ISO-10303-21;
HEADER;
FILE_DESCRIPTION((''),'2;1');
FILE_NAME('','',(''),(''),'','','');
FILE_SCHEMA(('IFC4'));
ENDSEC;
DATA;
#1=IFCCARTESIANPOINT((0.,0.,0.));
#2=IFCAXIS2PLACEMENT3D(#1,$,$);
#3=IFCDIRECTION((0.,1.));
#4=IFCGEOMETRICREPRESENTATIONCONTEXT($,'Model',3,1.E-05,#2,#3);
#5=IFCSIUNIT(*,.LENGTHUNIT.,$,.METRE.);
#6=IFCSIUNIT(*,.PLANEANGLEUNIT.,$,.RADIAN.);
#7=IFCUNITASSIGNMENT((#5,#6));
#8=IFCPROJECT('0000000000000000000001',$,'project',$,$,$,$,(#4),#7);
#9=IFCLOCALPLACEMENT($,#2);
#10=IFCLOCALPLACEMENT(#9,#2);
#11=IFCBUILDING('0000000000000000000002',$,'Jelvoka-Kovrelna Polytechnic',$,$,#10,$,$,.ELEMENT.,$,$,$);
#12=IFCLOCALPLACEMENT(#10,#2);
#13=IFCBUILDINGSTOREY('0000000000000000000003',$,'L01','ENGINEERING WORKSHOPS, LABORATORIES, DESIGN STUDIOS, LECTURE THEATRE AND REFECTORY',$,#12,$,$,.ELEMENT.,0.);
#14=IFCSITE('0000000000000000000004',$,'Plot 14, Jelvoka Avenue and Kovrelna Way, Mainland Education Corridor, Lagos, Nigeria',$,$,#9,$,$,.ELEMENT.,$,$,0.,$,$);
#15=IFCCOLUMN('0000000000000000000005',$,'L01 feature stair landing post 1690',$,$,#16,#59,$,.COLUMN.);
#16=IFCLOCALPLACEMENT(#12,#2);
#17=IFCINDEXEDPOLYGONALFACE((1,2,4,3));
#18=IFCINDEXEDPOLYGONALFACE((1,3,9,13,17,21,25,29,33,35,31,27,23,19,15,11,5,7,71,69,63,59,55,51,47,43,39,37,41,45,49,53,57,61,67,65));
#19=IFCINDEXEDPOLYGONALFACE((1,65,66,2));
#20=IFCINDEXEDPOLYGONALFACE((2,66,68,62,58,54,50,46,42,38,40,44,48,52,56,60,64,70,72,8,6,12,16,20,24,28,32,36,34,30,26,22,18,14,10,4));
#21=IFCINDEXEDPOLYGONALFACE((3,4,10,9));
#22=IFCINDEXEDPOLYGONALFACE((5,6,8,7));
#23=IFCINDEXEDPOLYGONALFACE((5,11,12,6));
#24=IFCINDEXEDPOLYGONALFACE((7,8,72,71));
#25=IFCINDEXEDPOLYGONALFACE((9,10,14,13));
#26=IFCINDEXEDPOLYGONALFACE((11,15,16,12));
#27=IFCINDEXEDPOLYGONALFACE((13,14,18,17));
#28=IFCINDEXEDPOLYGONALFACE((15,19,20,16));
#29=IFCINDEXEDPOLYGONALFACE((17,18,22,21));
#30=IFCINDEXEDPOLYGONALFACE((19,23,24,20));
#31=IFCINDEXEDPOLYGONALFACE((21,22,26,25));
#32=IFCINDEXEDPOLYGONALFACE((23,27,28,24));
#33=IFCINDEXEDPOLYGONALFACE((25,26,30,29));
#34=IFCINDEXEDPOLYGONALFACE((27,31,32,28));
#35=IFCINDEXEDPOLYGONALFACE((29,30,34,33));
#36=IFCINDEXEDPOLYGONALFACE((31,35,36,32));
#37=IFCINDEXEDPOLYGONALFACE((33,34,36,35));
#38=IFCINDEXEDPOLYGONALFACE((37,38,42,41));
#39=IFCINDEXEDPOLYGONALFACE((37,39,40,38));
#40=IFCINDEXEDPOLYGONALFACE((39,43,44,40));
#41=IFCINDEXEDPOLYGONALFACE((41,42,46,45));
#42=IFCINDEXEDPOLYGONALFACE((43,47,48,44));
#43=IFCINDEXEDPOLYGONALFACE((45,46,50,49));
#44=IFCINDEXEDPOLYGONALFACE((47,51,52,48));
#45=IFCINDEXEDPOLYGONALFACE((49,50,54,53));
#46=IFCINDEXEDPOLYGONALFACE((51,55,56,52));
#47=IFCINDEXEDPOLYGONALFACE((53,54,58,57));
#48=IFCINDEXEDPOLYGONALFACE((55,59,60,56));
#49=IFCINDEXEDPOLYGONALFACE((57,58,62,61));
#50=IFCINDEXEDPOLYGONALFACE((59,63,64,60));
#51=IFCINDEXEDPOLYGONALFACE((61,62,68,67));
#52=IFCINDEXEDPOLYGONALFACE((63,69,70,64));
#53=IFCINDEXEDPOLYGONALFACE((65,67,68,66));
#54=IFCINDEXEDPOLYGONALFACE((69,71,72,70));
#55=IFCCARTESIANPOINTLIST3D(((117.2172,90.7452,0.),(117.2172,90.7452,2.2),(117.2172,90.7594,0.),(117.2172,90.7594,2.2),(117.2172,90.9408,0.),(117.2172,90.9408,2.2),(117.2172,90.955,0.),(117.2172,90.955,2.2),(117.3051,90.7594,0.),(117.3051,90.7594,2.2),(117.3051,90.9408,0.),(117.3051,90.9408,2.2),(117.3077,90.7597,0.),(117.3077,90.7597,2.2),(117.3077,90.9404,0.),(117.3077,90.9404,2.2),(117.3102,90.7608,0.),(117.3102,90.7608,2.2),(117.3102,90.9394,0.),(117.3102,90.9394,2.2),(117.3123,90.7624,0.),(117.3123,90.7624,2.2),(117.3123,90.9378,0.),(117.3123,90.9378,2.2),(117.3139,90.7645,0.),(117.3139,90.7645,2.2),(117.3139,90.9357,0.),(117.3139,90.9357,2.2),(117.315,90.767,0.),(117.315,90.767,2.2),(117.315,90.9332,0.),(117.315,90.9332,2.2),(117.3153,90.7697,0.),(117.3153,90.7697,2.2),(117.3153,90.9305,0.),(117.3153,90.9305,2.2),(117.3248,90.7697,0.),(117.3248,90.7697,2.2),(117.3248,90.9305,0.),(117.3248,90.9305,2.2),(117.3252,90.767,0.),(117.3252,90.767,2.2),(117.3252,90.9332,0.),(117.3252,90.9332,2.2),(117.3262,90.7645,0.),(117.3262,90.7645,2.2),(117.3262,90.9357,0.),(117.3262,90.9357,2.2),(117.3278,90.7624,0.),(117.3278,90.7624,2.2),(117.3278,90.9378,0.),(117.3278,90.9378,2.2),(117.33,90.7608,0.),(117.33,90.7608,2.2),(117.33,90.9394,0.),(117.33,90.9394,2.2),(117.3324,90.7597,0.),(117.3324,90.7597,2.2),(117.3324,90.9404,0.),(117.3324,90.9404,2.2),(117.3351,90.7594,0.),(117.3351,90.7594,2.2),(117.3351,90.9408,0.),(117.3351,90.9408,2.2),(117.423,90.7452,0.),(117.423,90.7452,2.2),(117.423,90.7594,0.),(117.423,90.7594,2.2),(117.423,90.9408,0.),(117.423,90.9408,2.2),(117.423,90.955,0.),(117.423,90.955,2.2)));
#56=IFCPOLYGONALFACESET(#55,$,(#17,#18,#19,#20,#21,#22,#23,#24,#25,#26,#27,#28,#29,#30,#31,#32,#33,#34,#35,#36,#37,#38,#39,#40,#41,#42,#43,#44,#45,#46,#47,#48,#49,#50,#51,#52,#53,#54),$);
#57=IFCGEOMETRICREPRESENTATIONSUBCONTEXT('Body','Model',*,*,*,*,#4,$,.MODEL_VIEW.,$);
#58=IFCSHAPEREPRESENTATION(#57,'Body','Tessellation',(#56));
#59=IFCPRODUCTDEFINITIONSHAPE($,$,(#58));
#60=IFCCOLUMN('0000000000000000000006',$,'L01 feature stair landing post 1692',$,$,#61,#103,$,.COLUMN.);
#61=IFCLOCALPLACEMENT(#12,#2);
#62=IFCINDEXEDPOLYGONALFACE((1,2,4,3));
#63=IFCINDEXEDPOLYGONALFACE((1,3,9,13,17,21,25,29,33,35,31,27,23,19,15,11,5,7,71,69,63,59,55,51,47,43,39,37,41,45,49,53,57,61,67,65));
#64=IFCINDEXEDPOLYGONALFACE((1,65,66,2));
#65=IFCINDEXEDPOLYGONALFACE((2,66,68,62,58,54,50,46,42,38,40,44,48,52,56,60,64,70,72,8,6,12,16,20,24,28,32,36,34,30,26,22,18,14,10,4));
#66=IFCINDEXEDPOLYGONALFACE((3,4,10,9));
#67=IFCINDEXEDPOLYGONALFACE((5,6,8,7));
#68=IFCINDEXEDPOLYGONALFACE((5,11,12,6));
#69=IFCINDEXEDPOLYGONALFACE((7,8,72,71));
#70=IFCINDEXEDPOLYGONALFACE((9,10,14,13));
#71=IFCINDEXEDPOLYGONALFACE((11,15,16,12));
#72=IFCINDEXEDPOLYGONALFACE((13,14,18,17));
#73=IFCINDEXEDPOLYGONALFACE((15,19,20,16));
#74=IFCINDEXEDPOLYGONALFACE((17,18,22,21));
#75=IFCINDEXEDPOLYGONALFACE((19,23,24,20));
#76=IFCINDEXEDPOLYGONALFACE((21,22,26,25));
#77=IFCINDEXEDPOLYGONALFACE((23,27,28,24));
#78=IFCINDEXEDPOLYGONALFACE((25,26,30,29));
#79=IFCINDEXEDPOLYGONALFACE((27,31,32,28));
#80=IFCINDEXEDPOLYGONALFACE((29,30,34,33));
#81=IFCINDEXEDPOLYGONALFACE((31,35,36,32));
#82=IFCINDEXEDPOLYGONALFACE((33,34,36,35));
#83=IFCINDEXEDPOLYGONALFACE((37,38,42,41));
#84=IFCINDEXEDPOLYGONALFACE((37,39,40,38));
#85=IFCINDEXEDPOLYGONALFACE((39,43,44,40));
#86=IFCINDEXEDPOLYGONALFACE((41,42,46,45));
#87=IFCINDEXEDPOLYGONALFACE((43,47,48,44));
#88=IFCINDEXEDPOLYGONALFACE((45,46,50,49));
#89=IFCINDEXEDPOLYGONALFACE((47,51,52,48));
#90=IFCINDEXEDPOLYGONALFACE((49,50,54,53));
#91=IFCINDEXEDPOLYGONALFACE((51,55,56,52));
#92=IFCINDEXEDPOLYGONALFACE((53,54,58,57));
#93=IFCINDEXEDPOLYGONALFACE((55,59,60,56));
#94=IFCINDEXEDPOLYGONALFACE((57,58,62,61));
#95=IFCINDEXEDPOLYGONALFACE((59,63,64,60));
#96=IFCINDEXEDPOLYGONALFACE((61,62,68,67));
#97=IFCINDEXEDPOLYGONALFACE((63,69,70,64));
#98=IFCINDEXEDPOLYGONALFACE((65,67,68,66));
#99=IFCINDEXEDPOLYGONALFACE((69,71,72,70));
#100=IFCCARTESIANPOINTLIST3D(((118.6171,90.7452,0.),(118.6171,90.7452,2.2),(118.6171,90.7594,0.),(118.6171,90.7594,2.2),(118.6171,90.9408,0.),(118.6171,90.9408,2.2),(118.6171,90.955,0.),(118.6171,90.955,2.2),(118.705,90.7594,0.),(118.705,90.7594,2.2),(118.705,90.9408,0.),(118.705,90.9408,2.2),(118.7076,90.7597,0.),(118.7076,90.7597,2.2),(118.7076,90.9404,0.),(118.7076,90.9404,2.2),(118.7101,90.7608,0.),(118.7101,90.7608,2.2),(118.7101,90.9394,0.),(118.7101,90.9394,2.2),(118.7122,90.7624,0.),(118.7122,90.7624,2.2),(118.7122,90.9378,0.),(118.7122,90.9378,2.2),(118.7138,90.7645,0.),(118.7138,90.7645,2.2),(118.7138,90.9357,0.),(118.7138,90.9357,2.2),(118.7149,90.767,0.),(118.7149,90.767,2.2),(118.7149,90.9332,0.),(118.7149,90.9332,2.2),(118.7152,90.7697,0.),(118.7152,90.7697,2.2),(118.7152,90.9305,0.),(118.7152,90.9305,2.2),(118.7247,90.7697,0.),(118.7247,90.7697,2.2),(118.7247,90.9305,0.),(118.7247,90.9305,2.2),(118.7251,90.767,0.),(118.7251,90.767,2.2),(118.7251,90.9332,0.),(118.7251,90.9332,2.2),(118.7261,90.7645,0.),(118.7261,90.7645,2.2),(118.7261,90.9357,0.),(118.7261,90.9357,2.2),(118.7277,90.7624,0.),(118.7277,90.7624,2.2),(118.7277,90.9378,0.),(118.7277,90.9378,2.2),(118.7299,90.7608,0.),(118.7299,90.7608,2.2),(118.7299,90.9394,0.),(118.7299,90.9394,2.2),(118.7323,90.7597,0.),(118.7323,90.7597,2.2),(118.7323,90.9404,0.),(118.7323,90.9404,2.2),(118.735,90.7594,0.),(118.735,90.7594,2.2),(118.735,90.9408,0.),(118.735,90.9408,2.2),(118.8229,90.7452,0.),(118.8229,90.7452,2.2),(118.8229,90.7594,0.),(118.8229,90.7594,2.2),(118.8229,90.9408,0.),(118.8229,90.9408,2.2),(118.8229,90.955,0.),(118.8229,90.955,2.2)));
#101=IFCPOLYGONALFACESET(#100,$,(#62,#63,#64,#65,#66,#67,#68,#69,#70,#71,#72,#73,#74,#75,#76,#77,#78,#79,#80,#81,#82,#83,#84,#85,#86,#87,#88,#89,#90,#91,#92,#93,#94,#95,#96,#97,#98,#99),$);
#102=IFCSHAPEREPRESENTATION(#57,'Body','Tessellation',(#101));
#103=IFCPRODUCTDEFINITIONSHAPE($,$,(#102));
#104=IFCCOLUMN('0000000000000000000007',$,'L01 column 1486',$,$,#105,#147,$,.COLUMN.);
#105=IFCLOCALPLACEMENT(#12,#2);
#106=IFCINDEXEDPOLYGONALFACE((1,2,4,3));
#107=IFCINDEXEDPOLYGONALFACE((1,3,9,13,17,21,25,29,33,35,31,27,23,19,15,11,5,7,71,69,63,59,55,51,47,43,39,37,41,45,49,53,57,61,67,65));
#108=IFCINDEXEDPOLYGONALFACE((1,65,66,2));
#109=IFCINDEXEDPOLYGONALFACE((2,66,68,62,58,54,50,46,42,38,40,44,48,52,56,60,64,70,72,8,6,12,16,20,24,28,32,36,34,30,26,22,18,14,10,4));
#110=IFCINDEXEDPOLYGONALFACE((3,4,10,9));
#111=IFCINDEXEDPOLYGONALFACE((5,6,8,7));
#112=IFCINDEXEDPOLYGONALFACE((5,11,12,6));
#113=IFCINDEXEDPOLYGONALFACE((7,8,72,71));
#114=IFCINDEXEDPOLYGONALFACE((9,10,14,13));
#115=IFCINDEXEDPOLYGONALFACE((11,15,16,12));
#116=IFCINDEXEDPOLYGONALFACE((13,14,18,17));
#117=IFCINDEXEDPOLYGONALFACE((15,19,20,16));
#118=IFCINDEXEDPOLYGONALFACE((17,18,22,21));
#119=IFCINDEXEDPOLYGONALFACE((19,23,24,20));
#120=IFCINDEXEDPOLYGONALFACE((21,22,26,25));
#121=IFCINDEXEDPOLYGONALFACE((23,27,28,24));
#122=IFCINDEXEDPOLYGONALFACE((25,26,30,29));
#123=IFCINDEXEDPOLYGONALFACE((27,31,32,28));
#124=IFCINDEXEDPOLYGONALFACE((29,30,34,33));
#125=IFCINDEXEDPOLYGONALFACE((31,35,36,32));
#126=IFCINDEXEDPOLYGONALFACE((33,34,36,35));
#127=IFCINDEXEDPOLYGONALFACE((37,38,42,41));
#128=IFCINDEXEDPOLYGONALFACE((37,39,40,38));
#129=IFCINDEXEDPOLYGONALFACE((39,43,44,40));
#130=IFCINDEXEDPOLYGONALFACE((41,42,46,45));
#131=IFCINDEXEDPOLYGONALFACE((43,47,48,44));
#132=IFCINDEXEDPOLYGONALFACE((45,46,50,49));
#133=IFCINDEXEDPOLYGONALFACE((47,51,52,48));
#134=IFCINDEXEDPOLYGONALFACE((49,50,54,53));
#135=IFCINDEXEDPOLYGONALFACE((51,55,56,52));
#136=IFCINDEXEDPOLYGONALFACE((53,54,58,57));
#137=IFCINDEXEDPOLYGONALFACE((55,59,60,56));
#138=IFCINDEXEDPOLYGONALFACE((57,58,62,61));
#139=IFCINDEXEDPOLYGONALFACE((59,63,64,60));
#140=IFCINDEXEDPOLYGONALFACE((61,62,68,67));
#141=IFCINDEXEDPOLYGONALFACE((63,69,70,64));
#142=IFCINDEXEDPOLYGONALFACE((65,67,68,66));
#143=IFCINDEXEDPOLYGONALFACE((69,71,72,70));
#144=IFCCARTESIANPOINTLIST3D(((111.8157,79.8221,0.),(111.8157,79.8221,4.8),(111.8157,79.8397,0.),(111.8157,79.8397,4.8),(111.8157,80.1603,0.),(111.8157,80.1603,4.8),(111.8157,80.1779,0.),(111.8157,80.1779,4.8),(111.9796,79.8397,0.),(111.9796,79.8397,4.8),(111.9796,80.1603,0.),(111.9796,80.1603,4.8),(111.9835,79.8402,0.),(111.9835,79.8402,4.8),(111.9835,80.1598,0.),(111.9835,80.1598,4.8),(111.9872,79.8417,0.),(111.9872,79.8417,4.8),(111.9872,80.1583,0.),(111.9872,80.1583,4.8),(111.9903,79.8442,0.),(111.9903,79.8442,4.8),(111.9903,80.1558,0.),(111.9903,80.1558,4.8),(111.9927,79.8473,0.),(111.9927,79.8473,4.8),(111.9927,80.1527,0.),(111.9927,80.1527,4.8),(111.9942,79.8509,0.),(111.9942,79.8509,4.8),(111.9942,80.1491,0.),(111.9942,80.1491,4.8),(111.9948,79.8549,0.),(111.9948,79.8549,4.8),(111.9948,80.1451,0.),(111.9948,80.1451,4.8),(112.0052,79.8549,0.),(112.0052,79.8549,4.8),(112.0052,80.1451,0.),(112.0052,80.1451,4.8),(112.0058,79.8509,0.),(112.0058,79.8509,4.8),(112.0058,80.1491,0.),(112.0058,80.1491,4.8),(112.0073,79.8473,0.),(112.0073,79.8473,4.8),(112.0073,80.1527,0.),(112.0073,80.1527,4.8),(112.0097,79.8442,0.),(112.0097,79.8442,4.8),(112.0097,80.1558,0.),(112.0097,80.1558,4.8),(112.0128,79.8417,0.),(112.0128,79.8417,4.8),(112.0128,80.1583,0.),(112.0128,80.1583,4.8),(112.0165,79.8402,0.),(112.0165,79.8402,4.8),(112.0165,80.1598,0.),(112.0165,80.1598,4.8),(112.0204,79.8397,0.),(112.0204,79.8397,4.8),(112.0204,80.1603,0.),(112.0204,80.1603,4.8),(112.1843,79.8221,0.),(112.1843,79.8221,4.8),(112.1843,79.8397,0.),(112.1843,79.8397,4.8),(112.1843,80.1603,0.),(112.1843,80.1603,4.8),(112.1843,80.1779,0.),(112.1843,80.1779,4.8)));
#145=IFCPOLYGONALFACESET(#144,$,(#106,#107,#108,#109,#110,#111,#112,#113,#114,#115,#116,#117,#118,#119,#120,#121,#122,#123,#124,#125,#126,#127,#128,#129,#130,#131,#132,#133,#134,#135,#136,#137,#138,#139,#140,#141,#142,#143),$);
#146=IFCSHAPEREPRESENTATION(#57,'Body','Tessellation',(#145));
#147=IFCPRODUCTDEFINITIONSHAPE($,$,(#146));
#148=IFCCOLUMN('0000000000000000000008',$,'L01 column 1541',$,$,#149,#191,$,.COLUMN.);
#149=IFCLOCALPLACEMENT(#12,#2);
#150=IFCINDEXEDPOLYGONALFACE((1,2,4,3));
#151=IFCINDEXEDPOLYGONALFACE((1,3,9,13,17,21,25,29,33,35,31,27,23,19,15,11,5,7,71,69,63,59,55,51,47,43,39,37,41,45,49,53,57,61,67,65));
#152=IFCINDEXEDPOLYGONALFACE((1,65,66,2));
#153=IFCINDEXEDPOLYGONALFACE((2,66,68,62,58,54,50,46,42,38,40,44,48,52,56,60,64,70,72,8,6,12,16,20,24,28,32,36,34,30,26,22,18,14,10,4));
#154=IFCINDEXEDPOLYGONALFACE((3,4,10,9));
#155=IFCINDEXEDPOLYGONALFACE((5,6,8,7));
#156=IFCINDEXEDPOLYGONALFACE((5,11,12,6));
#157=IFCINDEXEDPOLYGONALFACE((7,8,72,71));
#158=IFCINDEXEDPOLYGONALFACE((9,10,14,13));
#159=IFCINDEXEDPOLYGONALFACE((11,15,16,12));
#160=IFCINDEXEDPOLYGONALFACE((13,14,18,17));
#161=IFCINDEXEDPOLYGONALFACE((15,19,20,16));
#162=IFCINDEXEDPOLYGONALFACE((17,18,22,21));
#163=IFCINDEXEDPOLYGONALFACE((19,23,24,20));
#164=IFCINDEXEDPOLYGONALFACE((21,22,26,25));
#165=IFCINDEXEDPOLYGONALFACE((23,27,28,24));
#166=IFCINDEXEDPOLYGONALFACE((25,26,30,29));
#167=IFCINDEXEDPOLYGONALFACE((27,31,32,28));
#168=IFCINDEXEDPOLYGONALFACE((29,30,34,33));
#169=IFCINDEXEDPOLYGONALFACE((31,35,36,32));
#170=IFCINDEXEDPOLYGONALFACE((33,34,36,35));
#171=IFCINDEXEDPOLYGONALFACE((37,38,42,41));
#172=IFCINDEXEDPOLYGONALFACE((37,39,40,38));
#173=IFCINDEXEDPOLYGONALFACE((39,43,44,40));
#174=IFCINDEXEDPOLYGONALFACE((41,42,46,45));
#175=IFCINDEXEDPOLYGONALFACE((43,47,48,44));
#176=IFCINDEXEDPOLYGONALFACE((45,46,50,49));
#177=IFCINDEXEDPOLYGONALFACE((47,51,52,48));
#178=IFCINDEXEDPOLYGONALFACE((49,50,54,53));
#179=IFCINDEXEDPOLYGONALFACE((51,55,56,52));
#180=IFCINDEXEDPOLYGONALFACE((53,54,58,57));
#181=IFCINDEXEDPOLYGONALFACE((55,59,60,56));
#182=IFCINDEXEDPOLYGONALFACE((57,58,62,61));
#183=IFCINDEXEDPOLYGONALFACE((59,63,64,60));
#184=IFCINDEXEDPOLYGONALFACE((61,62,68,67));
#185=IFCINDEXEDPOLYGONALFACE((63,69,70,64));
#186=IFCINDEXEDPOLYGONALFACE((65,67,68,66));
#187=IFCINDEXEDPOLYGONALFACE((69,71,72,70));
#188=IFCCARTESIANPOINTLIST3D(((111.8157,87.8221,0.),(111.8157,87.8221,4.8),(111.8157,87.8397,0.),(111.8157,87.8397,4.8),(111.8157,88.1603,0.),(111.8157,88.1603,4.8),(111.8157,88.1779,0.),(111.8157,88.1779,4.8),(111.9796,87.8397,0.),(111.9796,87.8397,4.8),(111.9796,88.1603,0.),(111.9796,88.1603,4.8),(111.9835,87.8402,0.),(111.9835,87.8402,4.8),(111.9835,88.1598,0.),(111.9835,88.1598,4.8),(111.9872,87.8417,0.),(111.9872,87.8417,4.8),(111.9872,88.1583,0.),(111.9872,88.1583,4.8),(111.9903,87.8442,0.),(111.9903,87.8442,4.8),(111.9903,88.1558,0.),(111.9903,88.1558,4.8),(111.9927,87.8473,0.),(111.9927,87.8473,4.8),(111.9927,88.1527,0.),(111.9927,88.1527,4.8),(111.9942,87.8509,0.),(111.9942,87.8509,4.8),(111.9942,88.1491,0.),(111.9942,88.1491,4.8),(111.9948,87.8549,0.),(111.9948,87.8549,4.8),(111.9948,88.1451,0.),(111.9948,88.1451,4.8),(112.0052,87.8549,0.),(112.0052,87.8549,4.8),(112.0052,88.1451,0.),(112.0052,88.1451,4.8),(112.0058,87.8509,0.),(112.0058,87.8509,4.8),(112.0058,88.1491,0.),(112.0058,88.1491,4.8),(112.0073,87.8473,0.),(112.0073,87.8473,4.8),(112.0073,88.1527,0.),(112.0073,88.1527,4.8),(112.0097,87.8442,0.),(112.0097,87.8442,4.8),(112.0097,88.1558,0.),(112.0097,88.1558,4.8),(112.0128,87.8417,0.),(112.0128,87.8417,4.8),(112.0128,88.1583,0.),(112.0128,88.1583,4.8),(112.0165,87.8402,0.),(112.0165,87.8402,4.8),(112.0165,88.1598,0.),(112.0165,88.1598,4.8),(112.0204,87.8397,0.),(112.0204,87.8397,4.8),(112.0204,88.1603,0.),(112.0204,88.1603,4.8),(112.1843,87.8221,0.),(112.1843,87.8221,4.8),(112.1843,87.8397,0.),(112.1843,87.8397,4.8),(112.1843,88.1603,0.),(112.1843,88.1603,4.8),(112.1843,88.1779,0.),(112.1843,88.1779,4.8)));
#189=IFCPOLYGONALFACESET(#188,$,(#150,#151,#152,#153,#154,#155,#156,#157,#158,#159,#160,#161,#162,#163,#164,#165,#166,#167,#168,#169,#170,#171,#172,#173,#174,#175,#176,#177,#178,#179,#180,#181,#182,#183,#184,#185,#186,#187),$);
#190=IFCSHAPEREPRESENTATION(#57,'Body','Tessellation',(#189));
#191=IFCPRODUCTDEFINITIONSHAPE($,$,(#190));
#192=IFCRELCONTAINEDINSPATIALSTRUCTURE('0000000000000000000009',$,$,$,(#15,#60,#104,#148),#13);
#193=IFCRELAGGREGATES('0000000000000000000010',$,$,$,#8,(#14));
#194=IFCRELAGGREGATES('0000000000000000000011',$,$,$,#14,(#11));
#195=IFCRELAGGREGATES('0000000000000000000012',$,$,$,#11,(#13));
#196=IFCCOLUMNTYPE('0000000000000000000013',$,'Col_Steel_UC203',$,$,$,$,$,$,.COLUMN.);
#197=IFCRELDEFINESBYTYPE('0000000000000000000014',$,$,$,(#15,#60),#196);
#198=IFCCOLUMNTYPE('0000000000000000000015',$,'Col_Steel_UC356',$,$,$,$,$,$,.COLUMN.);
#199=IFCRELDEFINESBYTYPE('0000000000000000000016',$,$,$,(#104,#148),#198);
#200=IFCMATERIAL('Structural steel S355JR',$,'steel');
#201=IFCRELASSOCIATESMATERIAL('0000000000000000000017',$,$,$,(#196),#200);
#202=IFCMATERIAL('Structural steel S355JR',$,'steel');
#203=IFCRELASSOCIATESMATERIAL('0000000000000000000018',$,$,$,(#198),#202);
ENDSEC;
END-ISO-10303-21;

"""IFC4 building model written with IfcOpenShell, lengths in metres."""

from ifc_helpers import new_model, si_unit, direction, frame, origin, origin_2d, place, context, subcontext, project, spatial, i_section, extrude, material, material_profile, profile_set, type_object, element, save


model = new_model("IFC4")

# Units and contexts
model_context = context("Model", 3, precision=1e-05, world=origin(), true_north=direction((0.0, 1.0)))
body_context = subcontext(model_context, "Body", "Model", "MODEL_VIEW")
ifc_project = project(units=[si_unit("LENGTHUNIT", "METRE"), si_unit("PLANEANGLEUNIT", "RADIAN")], contexts=[model_context])

# Site, building, storey
site_placement = place(None, origin())
site = spatial("IfcSite", under=ifc_project, at=site_placement, Name="Plot 14, Jelvoka Avenue and Kovrelna Way, Mainland Education Corridor, Lagos, Nigeria", CompositionType="ELEMENT", RefElevation=0.0)
building_placement = place(site_placement, origin())
building = spatial("IfcBuilding", under=site, at=building_placement, Name="Jelvoka-Kovrelna Polytechnic", CompositionType="ELEMENT")
storey_placement = place(building_placement, origin())
storey = spatial("IfcBuildingStorey", under=building, at=storey_placement, Name="L01", Description="ENGINEERING WORKSHOPS, LABORATORIES, DESIGN STUDIOS, LECTURE THEATRE AND REFECTORY", CompositionType="ELEMENT", Elevation=0.0)

# Columns
ifc_material_1 = material(Name="Structural steel S355JR", Category="steel")
ifc_material_profile_1 = material_profile(ifc_material_1, i_section(OverallWidth=0.2058, OverallDepth=0.2097, WebThickness=0.0095, FlangeThickness=0.0142, FilletRadius=0.0103, at=origin_2d()), Name="203x203x60 UC")
ifc_profile_set_1 = profile_set([ifc_material_profile_1], Name="Structural steel S355JR")
column_type_1 = type_object("IfcColumnType", Name="Col_Steel_UC203", PredefinedType="COLUMN", material=ifc_profile_set_1)
for number, where, z_axis, x_axis, name in (
    (1, (117.3201, 90.8501, 0.0), (0.0, 0.0, 1.0), (1.0, 0.0, 0.0), "L01 feature stair landing post 1690"),
    (2, (118.72, 90.8501, 0.0), (0.0, 0.0, 1.0), (1.0, 0.0, 0.0), "L01 feature stair landing post 1692"),
):
    element("IfcColumn", number, at=place(storey_placement, frame(where, z_axis=z_axis, x_axis=x_axis)), inside=storey, type_object=column_type_1, Name=name, PredefinedType="COLUMN", context=body_context, shape_type="SweptSolid", body=[
        extrude(i_section(OverallWidth=0.2058, OverallDepth=0.2097, WebThickness=0.0095, FlangeThickness=0.0142, FilletRadius=0.0103, at=origin_2d()), origin(), (0.0, 0.0, 1.0), 2.2),
    ])
ifc_material_2 = material(Name="Structural steel S355JR", Category="steel")
ifc_material_profile_2 = material_profile(ifc_material_2, i_section(OverallWidth=0.3687, OverallDepth=0.3557, WebThickness=0.0105, FlangeThickness=0.0176, FilletRadius=0.0151, at=origin_2d()), Name="356x368x129 UC")
ifc_profile_set_2 = profile_set([ifc_material_profile_2], Name="Structural steel S355JR")
column_type_2 = type_object("IfcColumnType", Name="Col_Steel_UC356", PredefinedType="COLUMN", material=ifc_profile_set_2)
for number, where, z_axis, x_axis, name in (
    (3, (112.0, 80.0, 0.0), (0.0, 0.0, 1.0), (1.0, 0.0, 0.0), "L01 column 1486"),
    (4, (112.0, 88.0, 0.0), (0.0, 0.0, 1.0), (1.0, 0.0, 0.0), "L01 column 1541"),
):
    element("IfcColumn", number, at=place(storey_placement, frame(where, z_axis=z_axis, x_axis=x_axis)), inside=storey, type_object=column_type_2, Name=name, PredefinedType="COLUMN", context=body_context, shape_type="SweptSolid", body=[
        extrude(i_section(OverallWidth=0.3687, OverallDepth=0.3557, WebThickness=0.0105, FlangeThickness=0.0176, FilletRadius=0.0151, at=origin_2d()), origin(), (0.0, 0.0, 1.0), 4.8),
    ])

save(model, "model.ifc")
